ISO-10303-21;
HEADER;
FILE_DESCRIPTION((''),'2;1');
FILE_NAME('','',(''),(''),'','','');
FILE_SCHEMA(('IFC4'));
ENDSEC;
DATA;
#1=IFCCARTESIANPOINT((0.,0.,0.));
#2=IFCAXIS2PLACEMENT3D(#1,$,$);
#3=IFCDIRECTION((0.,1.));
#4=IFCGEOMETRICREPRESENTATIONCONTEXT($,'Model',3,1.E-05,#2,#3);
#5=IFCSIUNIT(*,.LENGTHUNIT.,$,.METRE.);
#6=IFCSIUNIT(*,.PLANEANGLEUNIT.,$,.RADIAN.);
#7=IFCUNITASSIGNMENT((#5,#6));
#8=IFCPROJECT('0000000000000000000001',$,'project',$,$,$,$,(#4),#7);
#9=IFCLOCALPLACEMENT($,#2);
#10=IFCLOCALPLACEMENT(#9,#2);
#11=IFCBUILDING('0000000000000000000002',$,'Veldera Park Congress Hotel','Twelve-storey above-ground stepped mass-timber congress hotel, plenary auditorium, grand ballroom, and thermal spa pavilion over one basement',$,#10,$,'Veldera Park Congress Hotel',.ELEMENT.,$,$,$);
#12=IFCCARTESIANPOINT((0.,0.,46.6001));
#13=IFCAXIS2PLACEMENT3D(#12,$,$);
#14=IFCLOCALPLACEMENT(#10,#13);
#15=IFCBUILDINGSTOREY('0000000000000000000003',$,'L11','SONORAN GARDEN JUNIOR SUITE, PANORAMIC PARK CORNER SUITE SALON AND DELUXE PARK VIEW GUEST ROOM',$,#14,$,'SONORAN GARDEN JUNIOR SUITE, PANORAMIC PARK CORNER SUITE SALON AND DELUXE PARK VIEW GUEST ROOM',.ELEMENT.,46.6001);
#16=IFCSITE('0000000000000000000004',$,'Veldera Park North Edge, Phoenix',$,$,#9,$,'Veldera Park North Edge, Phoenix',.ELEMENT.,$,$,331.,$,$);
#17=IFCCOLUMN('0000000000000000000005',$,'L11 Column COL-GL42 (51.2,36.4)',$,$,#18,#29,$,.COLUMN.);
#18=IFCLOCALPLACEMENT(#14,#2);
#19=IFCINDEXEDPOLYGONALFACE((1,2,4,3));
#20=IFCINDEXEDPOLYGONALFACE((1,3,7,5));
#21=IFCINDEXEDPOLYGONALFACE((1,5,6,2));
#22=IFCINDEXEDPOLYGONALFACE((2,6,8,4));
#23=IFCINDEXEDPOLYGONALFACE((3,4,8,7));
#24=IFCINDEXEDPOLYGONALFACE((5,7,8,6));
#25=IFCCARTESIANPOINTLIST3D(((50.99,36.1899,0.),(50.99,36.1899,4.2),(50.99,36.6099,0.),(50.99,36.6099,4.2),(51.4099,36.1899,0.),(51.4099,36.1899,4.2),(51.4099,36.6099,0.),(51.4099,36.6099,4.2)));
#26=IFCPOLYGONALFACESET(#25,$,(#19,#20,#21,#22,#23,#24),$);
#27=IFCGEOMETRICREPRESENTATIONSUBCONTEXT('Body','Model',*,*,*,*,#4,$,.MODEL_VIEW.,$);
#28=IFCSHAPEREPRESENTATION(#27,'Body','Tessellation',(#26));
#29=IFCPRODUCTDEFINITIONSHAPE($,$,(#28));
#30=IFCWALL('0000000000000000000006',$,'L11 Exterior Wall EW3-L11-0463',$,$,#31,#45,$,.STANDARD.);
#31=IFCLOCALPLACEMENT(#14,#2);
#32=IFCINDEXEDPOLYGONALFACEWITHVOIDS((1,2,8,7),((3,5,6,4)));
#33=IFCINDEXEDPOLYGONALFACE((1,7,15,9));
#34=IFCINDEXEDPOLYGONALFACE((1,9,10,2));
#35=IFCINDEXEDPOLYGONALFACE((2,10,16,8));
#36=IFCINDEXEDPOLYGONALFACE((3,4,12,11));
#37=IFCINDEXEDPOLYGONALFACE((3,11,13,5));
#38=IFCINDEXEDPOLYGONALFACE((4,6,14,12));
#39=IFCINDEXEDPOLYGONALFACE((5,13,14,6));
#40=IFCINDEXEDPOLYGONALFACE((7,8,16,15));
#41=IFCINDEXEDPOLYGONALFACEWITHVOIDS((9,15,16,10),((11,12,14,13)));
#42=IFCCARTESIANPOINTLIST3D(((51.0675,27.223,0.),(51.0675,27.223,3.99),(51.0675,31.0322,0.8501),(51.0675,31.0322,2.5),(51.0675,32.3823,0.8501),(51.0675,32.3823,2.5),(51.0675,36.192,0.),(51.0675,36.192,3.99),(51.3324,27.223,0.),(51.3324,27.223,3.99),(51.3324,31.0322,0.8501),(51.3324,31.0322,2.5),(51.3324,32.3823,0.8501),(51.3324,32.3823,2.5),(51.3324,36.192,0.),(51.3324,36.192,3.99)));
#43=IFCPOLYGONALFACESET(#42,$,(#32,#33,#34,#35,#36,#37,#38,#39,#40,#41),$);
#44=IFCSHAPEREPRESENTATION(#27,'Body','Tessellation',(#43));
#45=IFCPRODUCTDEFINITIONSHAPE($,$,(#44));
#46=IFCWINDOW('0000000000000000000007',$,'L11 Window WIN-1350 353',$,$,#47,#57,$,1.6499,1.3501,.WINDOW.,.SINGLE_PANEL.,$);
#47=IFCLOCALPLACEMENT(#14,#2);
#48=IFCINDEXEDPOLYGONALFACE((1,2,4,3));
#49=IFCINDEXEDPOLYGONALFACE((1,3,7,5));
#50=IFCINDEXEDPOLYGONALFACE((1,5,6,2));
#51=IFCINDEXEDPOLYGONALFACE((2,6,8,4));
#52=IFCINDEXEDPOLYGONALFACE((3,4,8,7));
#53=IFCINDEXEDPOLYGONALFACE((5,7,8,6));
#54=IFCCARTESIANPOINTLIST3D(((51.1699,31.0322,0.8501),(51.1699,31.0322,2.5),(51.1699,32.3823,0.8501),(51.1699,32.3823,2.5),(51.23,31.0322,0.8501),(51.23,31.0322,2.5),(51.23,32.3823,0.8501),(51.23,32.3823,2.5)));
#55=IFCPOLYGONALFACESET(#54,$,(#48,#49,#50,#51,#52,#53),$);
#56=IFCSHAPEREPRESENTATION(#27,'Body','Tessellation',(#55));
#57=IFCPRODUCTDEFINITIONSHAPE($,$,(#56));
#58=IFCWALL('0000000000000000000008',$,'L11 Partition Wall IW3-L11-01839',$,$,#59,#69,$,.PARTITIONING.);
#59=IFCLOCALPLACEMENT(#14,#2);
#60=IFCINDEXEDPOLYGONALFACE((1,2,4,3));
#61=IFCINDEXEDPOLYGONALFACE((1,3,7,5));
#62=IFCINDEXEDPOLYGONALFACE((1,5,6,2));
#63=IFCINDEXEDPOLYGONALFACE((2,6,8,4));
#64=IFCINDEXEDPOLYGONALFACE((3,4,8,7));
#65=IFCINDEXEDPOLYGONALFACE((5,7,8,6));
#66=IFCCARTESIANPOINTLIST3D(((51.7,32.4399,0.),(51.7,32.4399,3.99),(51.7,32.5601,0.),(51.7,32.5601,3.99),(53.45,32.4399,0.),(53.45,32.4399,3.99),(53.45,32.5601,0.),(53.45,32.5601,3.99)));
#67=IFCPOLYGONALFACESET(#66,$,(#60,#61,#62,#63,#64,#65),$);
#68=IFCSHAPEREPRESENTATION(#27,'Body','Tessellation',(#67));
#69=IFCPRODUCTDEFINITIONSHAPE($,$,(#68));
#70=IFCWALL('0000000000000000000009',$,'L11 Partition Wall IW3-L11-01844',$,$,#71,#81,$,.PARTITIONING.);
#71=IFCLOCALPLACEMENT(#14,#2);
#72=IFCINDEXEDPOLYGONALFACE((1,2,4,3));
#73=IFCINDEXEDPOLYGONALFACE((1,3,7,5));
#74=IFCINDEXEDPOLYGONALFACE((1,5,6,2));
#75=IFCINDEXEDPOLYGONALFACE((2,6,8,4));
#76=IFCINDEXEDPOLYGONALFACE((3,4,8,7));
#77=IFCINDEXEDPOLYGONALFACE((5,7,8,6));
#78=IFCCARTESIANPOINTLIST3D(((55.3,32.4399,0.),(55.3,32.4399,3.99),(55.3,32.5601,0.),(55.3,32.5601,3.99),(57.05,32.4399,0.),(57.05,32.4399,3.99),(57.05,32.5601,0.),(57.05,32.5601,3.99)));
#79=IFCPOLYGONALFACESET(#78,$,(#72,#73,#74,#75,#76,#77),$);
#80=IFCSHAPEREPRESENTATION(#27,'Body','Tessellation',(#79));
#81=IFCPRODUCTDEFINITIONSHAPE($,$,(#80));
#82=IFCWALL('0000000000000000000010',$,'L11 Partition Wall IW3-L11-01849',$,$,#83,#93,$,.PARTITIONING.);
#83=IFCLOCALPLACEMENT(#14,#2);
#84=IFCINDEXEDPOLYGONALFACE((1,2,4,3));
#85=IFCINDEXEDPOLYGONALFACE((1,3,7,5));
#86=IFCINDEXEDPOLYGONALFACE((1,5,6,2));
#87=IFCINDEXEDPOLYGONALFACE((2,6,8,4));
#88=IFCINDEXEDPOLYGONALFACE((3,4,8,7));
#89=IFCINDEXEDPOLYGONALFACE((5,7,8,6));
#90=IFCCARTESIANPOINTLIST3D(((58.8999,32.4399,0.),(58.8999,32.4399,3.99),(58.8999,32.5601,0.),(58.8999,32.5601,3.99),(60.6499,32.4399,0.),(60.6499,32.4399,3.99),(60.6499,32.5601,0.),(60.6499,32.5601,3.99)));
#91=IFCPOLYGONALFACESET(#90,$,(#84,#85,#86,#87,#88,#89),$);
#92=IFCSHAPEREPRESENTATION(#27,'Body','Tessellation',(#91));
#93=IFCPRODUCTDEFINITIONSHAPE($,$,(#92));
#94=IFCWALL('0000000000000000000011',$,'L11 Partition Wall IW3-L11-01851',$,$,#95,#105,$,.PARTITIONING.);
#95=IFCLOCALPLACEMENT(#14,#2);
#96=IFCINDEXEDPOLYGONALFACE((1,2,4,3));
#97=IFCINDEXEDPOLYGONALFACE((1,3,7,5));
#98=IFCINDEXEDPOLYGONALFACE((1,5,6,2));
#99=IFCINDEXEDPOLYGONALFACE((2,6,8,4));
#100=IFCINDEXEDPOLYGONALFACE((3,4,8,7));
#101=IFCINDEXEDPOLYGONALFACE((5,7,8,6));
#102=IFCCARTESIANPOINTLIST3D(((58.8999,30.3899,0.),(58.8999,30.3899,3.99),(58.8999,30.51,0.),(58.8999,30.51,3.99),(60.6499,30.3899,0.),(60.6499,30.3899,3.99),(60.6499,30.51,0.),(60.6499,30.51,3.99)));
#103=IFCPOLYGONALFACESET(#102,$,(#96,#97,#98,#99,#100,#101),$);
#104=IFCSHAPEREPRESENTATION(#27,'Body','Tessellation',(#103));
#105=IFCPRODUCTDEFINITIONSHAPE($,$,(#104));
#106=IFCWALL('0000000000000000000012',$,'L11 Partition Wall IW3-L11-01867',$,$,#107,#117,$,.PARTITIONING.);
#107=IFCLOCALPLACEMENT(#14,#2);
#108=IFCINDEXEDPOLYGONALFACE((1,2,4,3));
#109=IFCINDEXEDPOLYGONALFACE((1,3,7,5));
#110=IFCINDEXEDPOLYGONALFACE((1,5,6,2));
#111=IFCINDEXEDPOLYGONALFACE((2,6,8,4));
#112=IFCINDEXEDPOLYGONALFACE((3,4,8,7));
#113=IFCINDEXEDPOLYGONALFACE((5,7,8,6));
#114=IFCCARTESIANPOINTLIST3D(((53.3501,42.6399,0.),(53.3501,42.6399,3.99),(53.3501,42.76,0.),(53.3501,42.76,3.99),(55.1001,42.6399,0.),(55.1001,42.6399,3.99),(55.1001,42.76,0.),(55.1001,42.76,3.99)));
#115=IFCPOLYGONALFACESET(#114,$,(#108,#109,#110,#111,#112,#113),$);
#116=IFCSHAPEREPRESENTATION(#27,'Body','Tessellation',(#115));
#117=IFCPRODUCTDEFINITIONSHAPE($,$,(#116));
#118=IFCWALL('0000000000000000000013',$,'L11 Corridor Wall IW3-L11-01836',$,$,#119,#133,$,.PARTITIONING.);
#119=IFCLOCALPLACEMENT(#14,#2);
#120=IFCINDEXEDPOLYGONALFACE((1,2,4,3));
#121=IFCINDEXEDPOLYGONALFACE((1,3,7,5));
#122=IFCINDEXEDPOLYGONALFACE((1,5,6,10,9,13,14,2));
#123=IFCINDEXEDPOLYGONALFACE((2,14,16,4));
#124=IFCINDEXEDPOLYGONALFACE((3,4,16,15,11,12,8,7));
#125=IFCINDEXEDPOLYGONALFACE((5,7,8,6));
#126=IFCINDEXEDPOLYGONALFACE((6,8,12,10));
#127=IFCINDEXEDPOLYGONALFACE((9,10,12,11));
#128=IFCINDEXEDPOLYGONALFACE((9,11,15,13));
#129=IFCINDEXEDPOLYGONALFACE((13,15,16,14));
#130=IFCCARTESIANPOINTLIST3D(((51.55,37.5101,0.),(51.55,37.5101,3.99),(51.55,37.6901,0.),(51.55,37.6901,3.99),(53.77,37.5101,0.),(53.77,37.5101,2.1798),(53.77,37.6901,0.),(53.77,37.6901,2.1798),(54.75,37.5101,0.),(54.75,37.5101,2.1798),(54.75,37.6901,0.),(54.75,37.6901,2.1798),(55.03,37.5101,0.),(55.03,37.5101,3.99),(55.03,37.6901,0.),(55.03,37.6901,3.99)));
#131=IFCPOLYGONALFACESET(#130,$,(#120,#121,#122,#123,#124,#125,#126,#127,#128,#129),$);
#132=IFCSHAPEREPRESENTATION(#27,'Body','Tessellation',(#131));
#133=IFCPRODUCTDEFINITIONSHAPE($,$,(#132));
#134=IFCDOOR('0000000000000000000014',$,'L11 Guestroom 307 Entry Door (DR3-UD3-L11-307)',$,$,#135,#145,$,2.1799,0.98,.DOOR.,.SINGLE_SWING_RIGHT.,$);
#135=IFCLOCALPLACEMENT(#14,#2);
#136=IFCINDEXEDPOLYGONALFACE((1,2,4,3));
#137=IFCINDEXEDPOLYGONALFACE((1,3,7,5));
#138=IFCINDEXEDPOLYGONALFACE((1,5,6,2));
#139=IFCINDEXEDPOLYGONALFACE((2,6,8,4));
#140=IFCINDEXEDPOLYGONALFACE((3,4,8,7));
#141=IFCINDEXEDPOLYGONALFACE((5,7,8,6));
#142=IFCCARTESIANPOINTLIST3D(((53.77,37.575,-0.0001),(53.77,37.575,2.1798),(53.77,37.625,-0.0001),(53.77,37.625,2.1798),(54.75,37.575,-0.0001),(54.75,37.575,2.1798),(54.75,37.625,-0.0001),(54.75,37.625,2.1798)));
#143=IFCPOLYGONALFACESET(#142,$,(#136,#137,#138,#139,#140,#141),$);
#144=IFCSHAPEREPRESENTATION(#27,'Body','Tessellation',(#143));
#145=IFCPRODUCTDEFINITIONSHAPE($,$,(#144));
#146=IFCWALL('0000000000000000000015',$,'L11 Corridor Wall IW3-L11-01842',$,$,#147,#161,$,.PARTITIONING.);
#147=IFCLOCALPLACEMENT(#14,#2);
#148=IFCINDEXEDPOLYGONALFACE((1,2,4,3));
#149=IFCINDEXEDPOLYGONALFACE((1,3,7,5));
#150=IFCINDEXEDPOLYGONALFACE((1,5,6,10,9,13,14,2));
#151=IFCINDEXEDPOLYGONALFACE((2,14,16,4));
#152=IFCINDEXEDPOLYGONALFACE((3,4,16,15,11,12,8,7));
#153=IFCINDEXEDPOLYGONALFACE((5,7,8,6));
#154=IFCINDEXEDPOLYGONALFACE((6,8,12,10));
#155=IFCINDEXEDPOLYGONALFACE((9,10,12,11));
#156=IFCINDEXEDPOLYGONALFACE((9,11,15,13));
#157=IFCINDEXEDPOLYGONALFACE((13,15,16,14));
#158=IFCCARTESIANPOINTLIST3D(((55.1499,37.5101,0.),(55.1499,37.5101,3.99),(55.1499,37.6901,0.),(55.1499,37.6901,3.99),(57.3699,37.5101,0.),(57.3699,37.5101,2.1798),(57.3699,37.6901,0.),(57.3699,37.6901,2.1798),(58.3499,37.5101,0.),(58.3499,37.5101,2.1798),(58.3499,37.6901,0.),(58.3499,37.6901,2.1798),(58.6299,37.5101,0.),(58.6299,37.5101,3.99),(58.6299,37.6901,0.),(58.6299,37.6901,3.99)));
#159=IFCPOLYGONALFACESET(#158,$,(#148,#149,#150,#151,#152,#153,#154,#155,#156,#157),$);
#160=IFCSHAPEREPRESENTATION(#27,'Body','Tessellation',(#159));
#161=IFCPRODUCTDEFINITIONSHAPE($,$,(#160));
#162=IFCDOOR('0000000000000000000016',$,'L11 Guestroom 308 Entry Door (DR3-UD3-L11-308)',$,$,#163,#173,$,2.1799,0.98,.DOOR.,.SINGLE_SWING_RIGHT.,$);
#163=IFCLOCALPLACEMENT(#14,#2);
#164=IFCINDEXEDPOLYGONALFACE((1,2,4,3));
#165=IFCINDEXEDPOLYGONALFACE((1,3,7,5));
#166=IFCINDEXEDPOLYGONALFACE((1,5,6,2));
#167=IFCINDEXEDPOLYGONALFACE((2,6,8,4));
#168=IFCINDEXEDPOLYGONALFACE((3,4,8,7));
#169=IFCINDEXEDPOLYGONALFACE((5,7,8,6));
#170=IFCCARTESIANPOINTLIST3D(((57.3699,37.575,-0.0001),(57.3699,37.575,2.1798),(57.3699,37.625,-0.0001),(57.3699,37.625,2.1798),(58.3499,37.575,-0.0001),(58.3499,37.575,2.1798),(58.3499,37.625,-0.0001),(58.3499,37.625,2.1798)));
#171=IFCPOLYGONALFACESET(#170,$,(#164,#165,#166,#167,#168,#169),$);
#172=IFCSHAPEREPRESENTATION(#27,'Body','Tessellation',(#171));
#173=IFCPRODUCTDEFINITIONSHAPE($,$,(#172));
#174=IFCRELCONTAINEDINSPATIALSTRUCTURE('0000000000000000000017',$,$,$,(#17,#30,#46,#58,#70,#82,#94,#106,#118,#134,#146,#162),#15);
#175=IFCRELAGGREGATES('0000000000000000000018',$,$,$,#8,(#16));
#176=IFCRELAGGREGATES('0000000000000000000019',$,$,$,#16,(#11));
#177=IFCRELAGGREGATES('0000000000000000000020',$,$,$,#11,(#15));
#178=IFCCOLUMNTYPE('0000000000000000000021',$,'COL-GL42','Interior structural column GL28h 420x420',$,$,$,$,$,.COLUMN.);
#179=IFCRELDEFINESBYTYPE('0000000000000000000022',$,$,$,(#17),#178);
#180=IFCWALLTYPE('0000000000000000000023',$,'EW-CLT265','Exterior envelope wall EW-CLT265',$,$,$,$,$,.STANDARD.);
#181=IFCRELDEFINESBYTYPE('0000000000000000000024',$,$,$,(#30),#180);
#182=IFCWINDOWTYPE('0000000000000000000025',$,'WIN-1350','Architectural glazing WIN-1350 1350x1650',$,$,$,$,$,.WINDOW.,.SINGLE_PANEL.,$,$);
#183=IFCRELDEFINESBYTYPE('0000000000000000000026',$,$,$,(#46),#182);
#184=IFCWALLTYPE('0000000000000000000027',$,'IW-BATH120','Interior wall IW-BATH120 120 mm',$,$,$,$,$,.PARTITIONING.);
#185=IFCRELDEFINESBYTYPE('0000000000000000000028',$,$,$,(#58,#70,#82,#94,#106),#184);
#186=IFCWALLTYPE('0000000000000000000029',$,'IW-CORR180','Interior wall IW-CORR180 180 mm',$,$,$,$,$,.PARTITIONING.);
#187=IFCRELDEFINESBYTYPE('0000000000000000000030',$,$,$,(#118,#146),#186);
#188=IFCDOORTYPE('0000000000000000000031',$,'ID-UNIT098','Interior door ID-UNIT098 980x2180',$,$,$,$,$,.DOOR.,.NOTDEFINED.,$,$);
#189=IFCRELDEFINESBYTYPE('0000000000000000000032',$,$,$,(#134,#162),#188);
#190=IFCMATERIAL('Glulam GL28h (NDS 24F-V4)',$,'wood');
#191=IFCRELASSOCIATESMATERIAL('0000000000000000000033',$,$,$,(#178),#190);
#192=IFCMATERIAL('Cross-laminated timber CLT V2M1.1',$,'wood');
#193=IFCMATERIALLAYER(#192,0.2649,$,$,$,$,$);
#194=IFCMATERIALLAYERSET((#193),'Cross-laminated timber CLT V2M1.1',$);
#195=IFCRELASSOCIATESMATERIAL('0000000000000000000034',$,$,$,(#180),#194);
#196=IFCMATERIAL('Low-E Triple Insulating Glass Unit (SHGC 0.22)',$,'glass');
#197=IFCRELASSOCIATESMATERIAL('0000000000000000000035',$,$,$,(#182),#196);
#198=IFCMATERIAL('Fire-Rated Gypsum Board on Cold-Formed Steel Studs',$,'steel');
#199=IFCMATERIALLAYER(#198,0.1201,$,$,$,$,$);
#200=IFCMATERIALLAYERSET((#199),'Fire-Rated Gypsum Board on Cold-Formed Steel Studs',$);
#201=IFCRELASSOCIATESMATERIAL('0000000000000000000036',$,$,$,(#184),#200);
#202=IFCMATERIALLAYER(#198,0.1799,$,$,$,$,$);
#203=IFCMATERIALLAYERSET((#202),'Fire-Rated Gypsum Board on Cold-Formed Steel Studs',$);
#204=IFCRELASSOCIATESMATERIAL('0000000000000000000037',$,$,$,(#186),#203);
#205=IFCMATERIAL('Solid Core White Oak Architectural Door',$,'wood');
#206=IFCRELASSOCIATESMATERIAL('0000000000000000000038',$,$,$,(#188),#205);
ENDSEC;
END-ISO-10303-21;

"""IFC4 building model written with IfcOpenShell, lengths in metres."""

from ifc_helpers import new_model, si_unit, direction, frame, frame_2d, origin, origin_2d, place, context, subcontext, project, spatial, rectangle, extrude, material, layer, layer_set, material_profile, profile_set, type_object, element, fill, save


model = new_model("IFC4")

# Units and contexts
model_context = context("Model", 3, precision=1e-05, world=origin(), true_north=direction((0.0, 1.0)))
body_context = subcontext(model_context, "Body", "Model", "MODEL_VIEW")
ifc_project = project(units=[si_unit("LENGTHUNIT", "METRE"), si_unit("PLANEANGLEUNIT", "RADIAN")], contexts=[model_context])

# Site, building, storey
site_placement = place(None, origin())
site = spatial("IfcSite", under=ifc_project, at=site_placement, Name="Veldera Park North Edge, Phoenix", LongName="Veldera Park North Edge, Phoenix", CompositionType="ELEMENT", RefElevation=331.0)
building_placement = place(site_placement, origin())
building = spatial("IfcBuilding", under=site, at=building_placement, Name="Veldera Park Congress Hotel", Description="Twelve-storey above-ground stepped mass-timber congress hotel, plenary auditorium, grand ballroom, and thermal spa pavilion over one basement", LongName="Veldera Park Congress Hotel", CompositionType="ELEMENT")
storey_placement = place(building_placement, frame((0.0, 0.0, 46.6001)))
storey = spatial("IfcBuildingStorey", under=building, at=storey_placement, Name="L11", Description="SONORAN GARDEN JUNIOR SUITE, PANORAMIC PARK CORNER SUITE SALON AND DELUXE PARK VIEW GUEST ROOM", LongName="SONORAN GARDEN JUNIOR SUITE, PANORAMIC PARK CORNER SUITE SALON AND DELUXE PARK VIEW GUEST ROOM", CompositionType="ELEMENT", Elevation=46.6001)

# Column
ifc_material_1 = material(Name="Glulam GL28h (NDS 24F-V4)", Category="wood")
ifc_material_profile = material_profile(ifc_material_1, rectangle(XDim=0.4199, YDim=0.4199, at=origin_2d()), Name="GL28h 420x420")
ifc_profile_set = profile_set([ifc_material_profile], Name="Glulam GL28h (NDS 24F-V4)")
column_type = type_object("IfcColumnType", Name="COL-GL42", Description="Interior structural column GL28h 420x420", PredefinedType="COLUMN", material=ifc_profile_set)
column_placement = place(storey_placement, frame((51.2, 36.3999, 0.0), z_axis=(0.0, 0.0, 1.0), x_axis=(1.0, 0.0, 0.0)))
element("IfcColumn", 1, at=column_placement, inside=storey, type_object=column_type, Name="L11 Column COL-GL42 (51.2,36.4)", PredefinedType="COLUMN", context=body_context, shape_type="SweptSolid", body=[
    extrude(rectangle(XDim=0.4199, YDim=0.4199, at=origin_2d()), origin(), (0.0, 0.0, 1.0), 4.2),
])

# Wall, opening, window
ifc_material_2 = material(Name="Cross-laminated timber CLT V2M1.1", Category="wood")
ifc_layer_1 = layer(ifc_material_2, 0.2649)
ifc_layer_set_1 = layer_set([ifc_layer_1], Name="Cross-laminated timber CLT V2M1.1")
wall_type_1 = type_object("IfcWallType", Name="EW-CLT265", Description="Exterior envelope wall EW-CLT265", PredefinedType="STANDARD", material=ifc_layer_set_1)
wall_1_placement = place(storey_placement, frame((51.2, 36.1919, 0.0), z_axis=(0.0, 0.0, 1.0), x_axis=(0.0, -1.0, 0.0)))
wall_1 = element("IfcWall", 2, at=wall_1_placement, inside=storey, type_object=wall_type_1, Name="L11 Exterior Wall EW3-L11-0463", PredefinedType="STANDARD", context=body_context, shape_type="SweptSolid", body=[
    extrude(rectangle(XDim=8.969, YDim=0.2649, at=frame_2d((4.4844, 0.0))), origin(), (0.0, 0.0, 1.0), 3.99),
])
opening_1_placement = place(wall_1_placement, frame((3.8096, 0.0, 0.8501)))
opening_1 = element("IfcOpeningElement", 3, at=opening_1_placement, cuts=wall_1, PredefinedType="OPENING", context=body_context, shape_type="SweptSolid", body=[
    extrude(rectangle(XDim=1.3501, YDim=1.6499, at=frame_2d((0.675, 0.825))), frame((0.0, 0.1445, 0.0), z_axis=(0.0, -1.0, 0.0), x_axis=(1.0, 0.0, 0.0)), (0.0, 0.0, 1.0), 0.2888),
])
ifc_material_3 = material(Name="Low-E Triple Insulating Glass Unit (SHGC 0.22)", Category="glass")
window_type = type_object("IfcWindowType", Name="WIN-1350", Description="Architectural glazing WIN-1350 1350x1650", PartitioningType="SINGLE_PANEL", PredefinedType="WINDOW", material=ifc_material_3)
window_placement = place(opening_1_placement, origin())
window = element("IfcWindow", 4, at=window_placement, inside=storey, type_object=window_type, Name="L11 Window WIN-1350 353", OverallHeight=1.6499, OverallWidth=1.3501, PartitioningType="SINGLE_PANEL", PredefinedType="WINDOW", context=body_context, shape_type="SweptSolid", body=[
    extrude(rectangle(XDim=1.3501, YDim=1.6499, at=frame_2d((0.675, 0.825))), frame((0.0, 0.03, 0.0), z_axis=(0.0, -1.0, 0.0), x_axis=(1.0, 0.0, 0.0)), (0.0, 0.0, 1.0), 0.0601),
])
fill(opening_1, window)

# Walls
ifc_material_4 = material(Name="Fire-Rated Gypsum Board on Cold-Formed Steel Studs", Category="steel")
ifc_layer_2 = layer(ifc_material_4, 0.1201)
ifc_layer_set_2 = layer_set([ifc_layer_2], Name="Fire-Rated Gypsum Board on Cold-Formed Steel Studs")
wall_type_2 = type_object("IfcWallType", Name="IW-BATH120", Description="Interior wall IW-BATH120 120 mm", PredefinedType="PARTITIONING", material=ifc_layer_set_2)
for number, where, z_axis, x_axis, name in (
    (5, (51.7, 32.5, 0.0), (0.0, 0.0, 1.0), (1.0, 0.0, 0.0), "L11 Partition Wall IW3-L11-01839"),
    (6, (55.3, 32.5, 0.0), (0.0, 0.0, 1.0), (1.0, 0.0, 0.0), "L11 Partition Wall IW3-L11-01844"),
    (7, (58.8999, 32.5, 0.0), (0.0, 0.0, 1.0), (1.0, 0.0, 0.0), "L11 Partition Wall IW3-L11-01849"),
    (8, (58.8999, 30.45, 0.0), (0.0, 0.0, 1.0), (1.0, 0.0, 0.0), "L11 Partition Wall IW3-L11-01851"),
):
    element("IfcWall", number, at=place(storey_placement, frame(where, z_axis=z_axis, x_axis=x_axis)), inside=storey, type_object=wall_type_2, Name=name, PredefinedType="PARTITIONING", context=body_context, shape_type="SweptSolid", body=[
        extrude(rectangle(XDim=1.75, YDim=0.1201, at=frame_2d((0.875, 0.0))), origin(), (0.0, 0.0, 1.0), 3.99),
    ])

# Shared definitions
ifc_material_5 = material(Name="Solid Core White Oak Architectural Door", Category="wood")

# Wall
wall_2_placement = place(storey_placement, frame((53.3501, 42.7, 0.0), z_axis=(0.0, 0.0, 1.0), x_axis=(1.0, 0.0, 0.0)))
element("IfcWall", 9, at=wall_2_placement, inside=storey, type_object=wall_type_2, Name="L11 Partition Wall IW3-L11-01867", PredefinedType="PARTITIONING", context=body_context, shape_type="SweptSolid", body=[
    extrude(rectangle(XDim=1.75, YDim=0.1201, at=frame_2d((0.875, 0.0))), origin(), (0.0, 0.0, 1.0), 3.99),
])

# Walls, openings, doors
ifc_layer_3 = layer(ifc_material_4, 0.1799)
ifc_layer_set_3 = layer_set([ifc_layer_3], Name="Fire-Rated Gypsum Board on Cold-Formed Steel Studs")
wall_type_3 = type_object("IfcWallType", Name="IW-CORR180", Description="Interior wall IW-CORR180 180 mm", PredefinedType="PARTITIONING", material=ifc_layer_set_3)
wall_3_placement = place(storey_placement, frame((55.03, 37.6001, 0.0), z_axis=(0.0, 0.0, 1.0), x_axis=(-1.0, 0.0, 0.0)))
wall_3 = element("IfcWall", 10, at=wall_3_placement, inside=storey, type_object=wall_type_3, Name="L11 Corridor Wall IW3-L11-01836", PredefinedType="PARTITIONING", context=body_context, shape_type="SweptSolid", body=[
    extrude(rectangle(XDim=3.48, YDim=0.1799, at=frame_2d((1.74, 0.0))), origin(), (0.0, 0.0, 1.0), 3.99),
])
opening_2_placement = place(wall_3_placement, frame((0.28, 0.0, 0.0)))
opening_2 = element("IfcOpeningElement", 11, at=opening_2_placement, cuts=wall_3, PredefinedType="OPENING", context=body_context, shape_type="SweptSolid", body=[
    extrude(rectangle(XDim=0.98, YDim=2.1799, at=frame_2d((0.49, 1.0898))), frame((0.0, 0.1021, 0.0), z_axis=(0.0, -1.0, 0.0), x_axis=(1.0, 0.0, 0.0)), (0.0, 0.0, 1.0), 0.2039),
])
door_type_1 = type_object("IfcDoorType", Name="ID-UNIT098", Description="Interior door ID-UNIT098 980x2180", OperationType="NOTDEFINED", PredefinedType="DOOR", material=ifc_material_5)
door_1_placement = place(opening_2_placement, frame((0.98, 0.0, 0.0), z_axis=(0.0, 0.0, 1.0), x_axis=(-1.0, 0.0, 0.0)))
door_1 = element("IfcDoor", 12, at=door_1_placement, inside=storey, type_object=door_type_1, Name="L11 Guestroom 307 Entry Door (DR3-UD3-L11-307)", OperationType="SINGLE_SWING_RIGHT", OverallHeight=2.1799, OverallWidth=0.98, PredefinedType="DOOR", context=body_context, shape_type="SweptSolid", body=[
    extrude(rectangle(XDim=0.98, YDim=2.1799, at=frame_2d((0.49, 1.0898))), frame((0.0, 0.0249, 0.0), z_axis=(0.0, -1.0, 0.0), x_axis=(1.0, 0.0, 0.0)), (0.0, 0.0, 1.0), 0.05),
])
fill(opening_2, door_1)
wall_4_placement = place(storey_placement, frame((58.6299, 37.6001, 0.0), z_axis=(0.0, 0.0, 1.0), x_axis=(-1.0, 0.0, 0.0)))
wall_4 = element("IfcWall", 13, at=wall_4_placement, inside=storey, type_object=wall_type_3, Name="L11 Corridor Wall IW3-L11-01842", PredefinedType="PARTITIONING", context=body_context, shape_type="SweptSolid", body=[
    extrude(rectangle(XDim=3.48, YDim=0.1799, at=frame_2d((1.74, 0.0))), origin(), (0.0, 0.0, 1.0), 3.99),
])
opening_3_placement = place(wall_4_placement, frame((0.28, 0.0, 0.0)))
opening_3 = element("IfcOpeningElement", 14, at=opening_3_placement, cuts=wall_4, PredefinedType="OPENING", context=body_context, shape_type="SweptSolid", body=[
    extrude(rectangle(XDim=0.98, YDim=2.1799, at=frame_2d((0.49, 1.0898))), frame((0.0, 0.1021, 0.0), z_axis=(0.0, -1.0, 0.0), x_axis=(1.0, 0.0, 0.0)), (0.0, 0.0, 1.0), 0.2039),
])
door_2_placement = place(opening_3_placement, frame((0.98, 0.0, 0.0), z_axis=(0.0, 0.0, 1.0), x_axis=(-1.0, 0.0, 0.0)))
door_2 = element("IfcDoor", 15, at=door_2_placement, inside=storey, type_object=door_type_1, Name="L11 Guestroom 308 Entry Door (DR3-UD3-L11-308)", OperationType="SINGLE_SWING_RIGHT", OverallHeight=2.1799, OverallWidth=0.98, PredefinedType="DOOR", context=body_context, shape_type="SweptSolid", body=[
    extrude(rectangle(XDim=0.98, YDim=2.1799, at=frame_2d((0.49, 1.0898))), frame((0.0, 0.0249, 0.0), z_axis=(0.0, -1.0, 0.0), x_axis=(1.0, 0.0, 0.0)), (0.0, 0.0, 1.0), 0.05),
])
fill(opening_3, door_2)

save(model, "model.ifc")
